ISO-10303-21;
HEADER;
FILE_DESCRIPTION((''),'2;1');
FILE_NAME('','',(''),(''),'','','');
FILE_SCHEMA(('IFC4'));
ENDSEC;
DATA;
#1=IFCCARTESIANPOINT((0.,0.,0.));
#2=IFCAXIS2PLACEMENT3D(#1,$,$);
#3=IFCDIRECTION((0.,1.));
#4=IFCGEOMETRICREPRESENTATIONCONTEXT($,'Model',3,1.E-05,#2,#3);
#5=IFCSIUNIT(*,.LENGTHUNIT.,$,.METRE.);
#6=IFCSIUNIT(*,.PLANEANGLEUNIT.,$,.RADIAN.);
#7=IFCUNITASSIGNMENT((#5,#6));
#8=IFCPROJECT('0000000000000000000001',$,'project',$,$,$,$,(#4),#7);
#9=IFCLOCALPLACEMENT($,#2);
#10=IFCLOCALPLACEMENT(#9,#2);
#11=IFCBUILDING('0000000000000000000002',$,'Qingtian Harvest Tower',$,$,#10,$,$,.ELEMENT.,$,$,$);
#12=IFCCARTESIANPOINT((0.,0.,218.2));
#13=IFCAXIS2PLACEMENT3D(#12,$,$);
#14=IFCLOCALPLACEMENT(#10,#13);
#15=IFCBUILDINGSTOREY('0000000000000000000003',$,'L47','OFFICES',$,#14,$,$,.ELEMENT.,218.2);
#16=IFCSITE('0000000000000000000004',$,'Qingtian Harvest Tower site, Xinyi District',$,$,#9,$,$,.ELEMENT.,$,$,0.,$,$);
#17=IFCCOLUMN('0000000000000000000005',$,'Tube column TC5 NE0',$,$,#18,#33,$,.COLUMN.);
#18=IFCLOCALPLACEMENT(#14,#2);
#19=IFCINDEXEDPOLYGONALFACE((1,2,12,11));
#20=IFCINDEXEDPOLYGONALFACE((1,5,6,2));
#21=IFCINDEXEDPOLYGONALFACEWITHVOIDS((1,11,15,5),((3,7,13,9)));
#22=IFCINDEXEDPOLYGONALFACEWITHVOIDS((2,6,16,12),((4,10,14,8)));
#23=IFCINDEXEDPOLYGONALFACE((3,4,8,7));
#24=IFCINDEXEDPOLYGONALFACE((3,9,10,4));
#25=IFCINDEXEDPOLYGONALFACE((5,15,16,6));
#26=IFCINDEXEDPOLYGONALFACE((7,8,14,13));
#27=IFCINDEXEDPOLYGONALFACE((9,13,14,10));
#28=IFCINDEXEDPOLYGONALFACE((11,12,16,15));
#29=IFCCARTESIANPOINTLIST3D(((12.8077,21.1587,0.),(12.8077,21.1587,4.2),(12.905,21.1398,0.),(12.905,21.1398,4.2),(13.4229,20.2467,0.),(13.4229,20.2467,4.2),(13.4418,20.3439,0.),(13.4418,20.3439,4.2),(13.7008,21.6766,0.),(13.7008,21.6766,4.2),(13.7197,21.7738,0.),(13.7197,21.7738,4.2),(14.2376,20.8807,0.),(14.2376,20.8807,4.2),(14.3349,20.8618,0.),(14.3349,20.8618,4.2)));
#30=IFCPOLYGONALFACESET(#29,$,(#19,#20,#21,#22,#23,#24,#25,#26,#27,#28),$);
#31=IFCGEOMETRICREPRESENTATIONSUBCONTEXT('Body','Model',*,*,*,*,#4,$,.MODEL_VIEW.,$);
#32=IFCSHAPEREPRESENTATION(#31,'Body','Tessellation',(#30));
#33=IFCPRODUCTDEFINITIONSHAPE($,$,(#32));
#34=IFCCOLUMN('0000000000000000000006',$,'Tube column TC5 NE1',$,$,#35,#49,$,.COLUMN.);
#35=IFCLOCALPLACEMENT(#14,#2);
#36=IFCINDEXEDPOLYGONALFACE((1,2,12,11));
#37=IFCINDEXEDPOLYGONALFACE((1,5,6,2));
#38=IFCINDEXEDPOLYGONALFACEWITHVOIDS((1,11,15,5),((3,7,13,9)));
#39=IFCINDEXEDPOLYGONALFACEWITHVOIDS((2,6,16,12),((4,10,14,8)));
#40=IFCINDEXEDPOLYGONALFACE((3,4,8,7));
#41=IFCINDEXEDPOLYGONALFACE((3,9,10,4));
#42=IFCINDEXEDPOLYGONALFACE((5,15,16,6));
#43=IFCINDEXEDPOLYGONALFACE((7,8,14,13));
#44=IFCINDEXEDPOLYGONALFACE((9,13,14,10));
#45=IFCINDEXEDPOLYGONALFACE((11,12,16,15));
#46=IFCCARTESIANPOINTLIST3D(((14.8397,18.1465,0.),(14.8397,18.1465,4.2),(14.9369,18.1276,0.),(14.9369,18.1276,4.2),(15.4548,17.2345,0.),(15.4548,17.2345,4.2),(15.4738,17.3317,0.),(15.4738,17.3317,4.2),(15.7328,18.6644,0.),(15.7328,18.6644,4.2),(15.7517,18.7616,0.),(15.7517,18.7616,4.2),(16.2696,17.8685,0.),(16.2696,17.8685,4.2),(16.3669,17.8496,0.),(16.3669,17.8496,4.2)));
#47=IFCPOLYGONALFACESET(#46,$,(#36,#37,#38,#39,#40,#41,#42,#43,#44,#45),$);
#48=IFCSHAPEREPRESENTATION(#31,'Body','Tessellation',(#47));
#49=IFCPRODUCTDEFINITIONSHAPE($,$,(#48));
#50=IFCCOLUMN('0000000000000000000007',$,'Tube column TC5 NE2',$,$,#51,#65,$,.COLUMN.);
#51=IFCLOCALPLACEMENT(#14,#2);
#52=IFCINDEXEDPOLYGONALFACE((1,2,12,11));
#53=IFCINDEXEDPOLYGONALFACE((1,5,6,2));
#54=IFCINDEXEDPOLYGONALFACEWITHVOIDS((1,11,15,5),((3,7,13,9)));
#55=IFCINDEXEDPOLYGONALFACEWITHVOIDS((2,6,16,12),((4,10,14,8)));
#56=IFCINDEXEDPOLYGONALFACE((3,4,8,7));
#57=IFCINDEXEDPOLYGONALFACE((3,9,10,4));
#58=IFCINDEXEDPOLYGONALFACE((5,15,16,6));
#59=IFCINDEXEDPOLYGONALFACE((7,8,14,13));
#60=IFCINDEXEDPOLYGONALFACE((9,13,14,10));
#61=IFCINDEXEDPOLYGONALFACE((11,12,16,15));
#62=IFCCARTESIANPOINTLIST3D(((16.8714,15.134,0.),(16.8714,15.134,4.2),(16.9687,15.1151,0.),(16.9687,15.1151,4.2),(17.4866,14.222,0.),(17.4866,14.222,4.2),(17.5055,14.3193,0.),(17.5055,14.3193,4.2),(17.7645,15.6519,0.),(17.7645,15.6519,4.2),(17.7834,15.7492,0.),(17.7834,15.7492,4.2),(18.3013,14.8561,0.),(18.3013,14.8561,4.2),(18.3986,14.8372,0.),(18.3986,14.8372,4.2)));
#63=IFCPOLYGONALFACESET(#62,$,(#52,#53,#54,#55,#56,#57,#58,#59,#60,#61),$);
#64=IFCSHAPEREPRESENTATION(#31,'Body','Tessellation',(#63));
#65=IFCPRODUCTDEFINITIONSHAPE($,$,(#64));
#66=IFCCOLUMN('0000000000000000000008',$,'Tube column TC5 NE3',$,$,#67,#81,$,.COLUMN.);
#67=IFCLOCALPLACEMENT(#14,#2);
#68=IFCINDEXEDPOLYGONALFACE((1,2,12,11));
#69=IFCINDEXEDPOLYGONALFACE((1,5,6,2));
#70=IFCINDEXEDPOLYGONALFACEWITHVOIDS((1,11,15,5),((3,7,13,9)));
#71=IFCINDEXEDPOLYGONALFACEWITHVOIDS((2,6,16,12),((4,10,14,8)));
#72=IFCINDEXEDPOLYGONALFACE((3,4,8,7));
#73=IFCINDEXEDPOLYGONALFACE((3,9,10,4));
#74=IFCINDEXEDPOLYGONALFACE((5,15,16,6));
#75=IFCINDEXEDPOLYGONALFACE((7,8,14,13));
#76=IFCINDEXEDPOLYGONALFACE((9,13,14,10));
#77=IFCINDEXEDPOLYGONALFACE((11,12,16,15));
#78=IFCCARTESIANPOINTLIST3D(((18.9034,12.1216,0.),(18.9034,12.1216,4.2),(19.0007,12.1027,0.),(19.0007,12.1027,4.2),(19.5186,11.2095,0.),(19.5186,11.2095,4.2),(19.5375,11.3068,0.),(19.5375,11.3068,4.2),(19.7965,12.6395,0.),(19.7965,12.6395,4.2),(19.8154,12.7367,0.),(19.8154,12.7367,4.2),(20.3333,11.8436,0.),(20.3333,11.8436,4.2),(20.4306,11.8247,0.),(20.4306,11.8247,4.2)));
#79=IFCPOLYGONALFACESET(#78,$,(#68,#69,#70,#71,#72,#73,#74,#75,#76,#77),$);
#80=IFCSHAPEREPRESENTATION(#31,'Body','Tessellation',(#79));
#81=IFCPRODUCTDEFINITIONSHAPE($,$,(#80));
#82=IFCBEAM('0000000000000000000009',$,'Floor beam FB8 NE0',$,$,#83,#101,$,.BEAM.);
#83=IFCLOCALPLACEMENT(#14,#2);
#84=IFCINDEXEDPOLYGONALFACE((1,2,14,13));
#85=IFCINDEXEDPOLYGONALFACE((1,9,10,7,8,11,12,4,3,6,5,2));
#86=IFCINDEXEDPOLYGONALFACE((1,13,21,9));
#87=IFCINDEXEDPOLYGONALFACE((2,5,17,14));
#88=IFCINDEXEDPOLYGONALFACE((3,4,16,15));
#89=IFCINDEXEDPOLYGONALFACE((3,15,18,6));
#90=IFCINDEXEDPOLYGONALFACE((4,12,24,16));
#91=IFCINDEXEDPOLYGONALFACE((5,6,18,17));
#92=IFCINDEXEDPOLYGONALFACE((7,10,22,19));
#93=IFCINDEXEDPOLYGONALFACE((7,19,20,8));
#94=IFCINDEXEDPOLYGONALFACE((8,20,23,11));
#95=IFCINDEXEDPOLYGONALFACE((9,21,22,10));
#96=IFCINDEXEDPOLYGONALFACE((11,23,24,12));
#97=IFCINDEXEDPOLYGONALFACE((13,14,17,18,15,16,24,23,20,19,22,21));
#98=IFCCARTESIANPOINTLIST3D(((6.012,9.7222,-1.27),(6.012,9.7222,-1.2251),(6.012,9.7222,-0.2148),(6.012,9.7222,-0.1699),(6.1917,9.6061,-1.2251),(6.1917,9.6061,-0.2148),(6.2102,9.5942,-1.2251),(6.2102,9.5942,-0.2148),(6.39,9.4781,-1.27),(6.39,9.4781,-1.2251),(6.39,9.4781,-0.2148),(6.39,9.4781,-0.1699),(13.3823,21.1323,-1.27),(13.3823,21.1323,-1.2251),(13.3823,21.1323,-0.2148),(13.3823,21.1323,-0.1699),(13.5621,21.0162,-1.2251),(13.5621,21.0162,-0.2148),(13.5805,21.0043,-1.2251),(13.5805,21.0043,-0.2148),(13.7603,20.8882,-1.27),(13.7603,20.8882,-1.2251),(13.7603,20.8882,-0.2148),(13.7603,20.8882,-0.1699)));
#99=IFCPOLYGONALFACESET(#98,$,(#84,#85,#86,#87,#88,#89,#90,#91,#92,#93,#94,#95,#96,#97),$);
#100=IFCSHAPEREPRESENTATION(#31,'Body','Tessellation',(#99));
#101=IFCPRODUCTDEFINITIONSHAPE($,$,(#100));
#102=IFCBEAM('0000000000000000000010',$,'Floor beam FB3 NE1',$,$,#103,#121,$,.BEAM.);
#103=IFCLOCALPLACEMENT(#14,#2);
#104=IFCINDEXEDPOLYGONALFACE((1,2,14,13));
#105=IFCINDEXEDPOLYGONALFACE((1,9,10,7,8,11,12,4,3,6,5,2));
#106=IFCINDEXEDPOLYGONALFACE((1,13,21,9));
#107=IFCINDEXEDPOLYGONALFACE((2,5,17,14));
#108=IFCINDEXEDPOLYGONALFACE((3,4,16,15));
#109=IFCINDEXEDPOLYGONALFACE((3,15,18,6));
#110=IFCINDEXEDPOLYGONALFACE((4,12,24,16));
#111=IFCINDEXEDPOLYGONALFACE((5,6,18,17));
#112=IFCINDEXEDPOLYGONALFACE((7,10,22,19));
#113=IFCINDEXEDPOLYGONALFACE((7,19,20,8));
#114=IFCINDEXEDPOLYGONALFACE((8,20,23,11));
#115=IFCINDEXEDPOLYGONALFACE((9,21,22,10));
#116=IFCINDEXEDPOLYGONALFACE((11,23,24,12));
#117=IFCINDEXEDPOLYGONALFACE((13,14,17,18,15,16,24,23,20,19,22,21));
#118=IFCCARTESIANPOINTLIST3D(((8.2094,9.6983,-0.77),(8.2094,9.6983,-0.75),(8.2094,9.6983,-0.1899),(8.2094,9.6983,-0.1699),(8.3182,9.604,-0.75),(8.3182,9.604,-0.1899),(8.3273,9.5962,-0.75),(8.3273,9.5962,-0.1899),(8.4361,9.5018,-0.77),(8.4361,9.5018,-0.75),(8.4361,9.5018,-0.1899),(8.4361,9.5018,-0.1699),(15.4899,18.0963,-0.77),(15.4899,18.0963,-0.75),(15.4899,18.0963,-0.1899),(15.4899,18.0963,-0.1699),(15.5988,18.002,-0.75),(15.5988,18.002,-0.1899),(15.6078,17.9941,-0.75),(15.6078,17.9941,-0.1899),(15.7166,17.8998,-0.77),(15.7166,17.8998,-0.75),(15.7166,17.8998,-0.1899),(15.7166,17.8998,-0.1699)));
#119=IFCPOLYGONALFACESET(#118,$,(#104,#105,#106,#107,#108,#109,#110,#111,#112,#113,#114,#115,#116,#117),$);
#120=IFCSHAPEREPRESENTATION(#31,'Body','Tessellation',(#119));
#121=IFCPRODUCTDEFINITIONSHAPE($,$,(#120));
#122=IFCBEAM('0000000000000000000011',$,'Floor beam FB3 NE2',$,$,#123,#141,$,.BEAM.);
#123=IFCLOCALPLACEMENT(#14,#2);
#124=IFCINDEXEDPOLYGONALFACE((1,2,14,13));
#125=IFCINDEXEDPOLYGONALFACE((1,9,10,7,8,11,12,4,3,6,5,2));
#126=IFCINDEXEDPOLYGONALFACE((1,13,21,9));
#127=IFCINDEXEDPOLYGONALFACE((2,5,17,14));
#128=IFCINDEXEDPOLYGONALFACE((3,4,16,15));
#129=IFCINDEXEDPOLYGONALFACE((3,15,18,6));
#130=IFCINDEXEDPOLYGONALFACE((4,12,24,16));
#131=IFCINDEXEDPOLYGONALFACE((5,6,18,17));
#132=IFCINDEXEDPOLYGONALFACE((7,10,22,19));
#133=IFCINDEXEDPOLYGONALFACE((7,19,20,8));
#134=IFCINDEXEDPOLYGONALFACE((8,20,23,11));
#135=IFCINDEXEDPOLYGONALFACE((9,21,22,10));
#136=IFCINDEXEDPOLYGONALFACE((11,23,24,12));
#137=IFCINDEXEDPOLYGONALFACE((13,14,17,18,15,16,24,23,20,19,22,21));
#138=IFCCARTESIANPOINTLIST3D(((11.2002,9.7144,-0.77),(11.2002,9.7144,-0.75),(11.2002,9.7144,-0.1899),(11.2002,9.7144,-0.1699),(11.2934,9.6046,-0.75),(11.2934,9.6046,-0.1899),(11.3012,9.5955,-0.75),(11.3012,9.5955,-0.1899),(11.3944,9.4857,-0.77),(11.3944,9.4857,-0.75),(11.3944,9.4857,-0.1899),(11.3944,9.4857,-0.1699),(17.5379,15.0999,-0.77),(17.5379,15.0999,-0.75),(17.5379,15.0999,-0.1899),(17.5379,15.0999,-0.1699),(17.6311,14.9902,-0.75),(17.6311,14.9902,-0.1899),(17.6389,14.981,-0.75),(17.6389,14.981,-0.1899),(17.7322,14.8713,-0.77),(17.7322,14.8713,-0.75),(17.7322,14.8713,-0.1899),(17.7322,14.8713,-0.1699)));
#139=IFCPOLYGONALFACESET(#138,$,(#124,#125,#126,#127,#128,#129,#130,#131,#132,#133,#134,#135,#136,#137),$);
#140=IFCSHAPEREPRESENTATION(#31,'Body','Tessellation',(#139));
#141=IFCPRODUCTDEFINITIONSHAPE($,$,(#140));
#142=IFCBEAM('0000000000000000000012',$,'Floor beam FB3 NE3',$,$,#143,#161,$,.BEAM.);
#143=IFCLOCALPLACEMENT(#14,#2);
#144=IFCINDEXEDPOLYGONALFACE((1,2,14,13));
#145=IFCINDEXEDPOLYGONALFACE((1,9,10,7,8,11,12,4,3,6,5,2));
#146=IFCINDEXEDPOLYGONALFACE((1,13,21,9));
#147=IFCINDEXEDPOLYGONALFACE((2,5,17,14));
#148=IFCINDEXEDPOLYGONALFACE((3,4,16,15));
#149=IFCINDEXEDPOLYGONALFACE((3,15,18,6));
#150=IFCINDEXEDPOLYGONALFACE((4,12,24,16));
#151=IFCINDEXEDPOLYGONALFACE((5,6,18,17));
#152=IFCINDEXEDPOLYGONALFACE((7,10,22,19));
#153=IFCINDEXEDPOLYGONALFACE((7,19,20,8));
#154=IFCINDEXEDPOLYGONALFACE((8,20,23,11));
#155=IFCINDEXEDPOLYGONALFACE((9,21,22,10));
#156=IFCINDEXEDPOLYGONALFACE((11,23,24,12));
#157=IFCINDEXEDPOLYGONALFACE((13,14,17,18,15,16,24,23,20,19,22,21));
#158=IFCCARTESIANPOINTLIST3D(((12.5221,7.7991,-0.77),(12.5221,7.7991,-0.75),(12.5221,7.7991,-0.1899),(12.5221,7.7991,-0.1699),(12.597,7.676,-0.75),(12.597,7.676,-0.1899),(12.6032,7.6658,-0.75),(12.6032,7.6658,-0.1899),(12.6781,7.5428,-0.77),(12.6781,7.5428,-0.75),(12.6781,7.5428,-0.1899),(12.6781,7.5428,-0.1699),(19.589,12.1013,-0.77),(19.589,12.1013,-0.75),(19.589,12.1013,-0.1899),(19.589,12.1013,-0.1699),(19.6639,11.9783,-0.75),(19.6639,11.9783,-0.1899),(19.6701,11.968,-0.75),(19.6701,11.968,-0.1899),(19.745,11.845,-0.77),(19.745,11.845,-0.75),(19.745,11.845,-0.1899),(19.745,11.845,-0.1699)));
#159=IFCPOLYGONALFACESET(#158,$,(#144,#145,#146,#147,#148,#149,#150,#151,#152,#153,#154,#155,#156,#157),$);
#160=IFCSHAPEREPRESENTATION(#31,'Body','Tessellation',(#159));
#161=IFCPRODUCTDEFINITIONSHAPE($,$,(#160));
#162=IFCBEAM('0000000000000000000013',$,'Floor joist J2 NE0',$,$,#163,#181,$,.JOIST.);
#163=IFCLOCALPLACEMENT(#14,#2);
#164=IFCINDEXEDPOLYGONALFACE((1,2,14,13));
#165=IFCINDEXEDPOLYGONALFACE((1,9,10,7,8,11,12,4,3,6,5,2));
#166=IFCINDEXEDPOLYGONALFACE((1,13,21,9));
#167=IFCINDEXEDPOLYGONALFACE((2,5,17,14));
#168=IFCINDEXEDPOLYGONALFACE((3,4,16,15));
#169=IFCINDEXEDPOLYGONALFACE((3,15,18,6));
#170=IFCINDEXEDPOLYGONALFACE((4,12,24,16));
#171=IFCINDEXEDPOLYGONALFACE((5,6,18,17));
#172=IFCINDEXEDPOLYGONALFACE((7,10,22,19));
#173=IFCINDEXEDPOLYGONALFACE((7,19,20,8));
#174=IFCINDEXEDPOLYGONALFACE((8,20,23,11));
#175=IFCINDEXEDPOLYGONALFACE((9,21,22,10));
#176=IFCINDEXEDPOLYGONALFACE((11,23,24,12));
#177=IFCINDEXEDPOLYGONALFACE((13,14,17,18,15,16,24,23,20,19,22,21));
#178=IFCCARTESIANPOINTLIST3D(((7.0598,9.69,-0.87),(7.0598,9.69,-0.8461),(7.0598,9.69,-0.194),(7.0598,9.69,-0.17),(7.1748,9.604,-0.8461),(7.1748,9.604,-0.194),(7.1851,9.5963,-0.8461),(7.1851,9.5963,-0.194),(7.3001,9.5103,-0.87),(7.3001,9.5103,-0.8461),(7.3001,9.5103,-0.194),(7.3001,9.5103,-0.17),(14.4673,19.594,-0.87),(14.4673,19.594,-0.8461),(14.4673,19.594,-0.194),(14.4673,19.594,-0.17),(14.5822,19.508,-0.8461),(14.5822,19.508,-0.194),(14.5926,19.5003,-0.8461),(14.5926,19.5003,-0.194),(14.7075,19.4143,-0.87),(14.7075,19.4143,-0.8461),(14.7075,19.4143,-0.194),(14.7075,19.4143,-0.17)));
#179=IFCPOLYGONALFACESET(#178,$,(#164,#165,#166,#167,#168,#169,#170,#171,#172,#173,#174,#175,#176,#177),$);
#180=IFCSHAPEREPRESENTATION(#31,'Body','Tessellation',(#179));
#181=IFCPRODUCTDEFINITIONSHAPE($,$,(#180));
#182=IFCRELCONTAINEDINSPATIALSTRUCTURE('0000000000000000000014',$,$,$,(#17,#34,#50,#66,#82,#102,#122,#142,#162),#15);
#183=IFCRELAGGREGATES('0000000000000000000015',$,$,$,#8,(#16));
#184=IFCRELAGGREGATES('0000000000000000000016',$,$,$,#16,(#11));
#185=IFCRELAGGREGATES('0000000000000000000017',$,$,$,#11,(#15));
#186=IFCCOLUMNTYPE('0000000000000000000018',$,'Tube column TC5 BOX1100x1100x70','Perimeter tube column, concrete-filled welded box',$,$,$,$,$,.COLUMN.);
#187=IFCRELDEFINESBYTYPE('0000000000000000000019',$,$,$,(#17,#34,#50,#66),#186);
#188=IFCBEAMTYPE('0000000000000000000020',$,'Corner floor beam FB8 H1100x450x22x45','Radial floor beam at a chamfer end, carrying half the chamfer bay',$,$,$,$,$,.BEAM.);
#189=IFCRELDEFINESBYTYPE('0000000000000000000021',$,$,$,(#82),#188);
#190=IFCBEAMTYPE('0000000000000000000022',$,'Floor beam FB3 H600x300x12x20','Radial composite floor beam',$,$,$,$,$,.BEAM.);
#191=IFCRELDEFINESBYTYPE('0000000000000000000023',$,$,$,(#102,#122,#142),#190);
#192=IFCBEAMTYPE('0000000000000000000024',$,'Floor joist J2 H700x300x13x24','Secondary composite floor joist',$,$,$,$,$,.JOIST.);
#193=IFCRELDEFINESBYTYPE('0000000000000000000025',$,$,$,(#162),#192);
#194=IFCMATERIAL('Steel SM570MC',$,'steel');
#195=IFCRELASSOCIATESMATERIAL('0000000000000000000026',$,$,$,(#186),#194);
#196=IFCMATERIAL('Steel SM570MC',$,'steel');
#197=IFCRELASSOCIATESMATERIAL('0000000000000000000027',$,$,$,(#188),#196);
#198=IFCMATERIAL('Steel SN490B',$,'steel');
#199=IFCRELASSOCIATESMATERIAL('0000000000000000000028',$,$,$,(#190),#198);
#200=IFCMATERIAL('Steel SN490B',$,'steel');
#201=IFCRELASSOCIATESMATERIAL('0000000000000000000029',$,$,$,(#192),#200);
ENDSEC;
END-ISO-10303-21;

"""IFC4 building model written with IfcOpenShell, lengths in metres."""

from ifc_helpers import new_model, si_unit, direction, frame, origin, origin_2d, place, context, subcontext, project, spatial, hollow_rectangle, i_section, extrude, material, material_profile, profile_set, type_object, element, save


model = new_model("IFC4")

# Units and contexts
model_context = context("Model", 3, precision=1e-05, world=origin(), true_north=direction((0.0, 1.0)))
body_context = subcontext(model_context, "Body", "Model", "MODEL_VIEW")
ifc_project = project(units=[si_unit("LENGTHUNIT", "METRE"), si_unit("PLANEANGLEUNIT", "RADIAN")], contexts=[model_context])

# Site, building, storey
site_placement = place(None, origin())
site = spatial("IfcSite", under=ifc_project, at=site_placement, Name="Qingtian Harvest Tower site, Xinyi District", CompositionType="ELEMENT", RefElevation=0.0)
building_placement = place(site_placement, origin())
building = spatial("IfcBuilding", under=site, at=building_placement, Name="Qingtian Harvest Tower", CompositionType="ELEMENT")
storey_placement = place(building_placement, frame((0.0, 0.0, 218.2)))
storey = spatial("IfcBuildingStorey", under=building, at=storey_placement, Name="L47", Description="OFFICES", CompositionType="ELEMENT", Elevation=218.2)

# Columns
ifc_material_1 = material(Name="Steel SM570MC", Category="steel")
ifc_material_profile_1 = material_profile(ifc_material_1, hollow_rectangle(XDim=1.1001, YDim=1.1001, WallThickness=0.0701, at=origin_2d()), Name="BOX1100x1100x70")
ifc_profile_set_1 = profile_set([ifc_material_profile_1], Name="Steel SM570MC")
column_type = type_object("IfcColumnType", Name="Tube column TC5 BOX1100x1100x70", Description="Perimeter tube column, concrete-filled welded box", PredefinedType="COLUMN", material=ifc_profile_set_1)
for number, where, z_axis, x_axis, name in (
    (1, (13.5713, 21.0103, 0.0), (0.0, 0.0, 1.0), (-0.559193, 0.829038, 0.0), "Tube column TC5 NE0"),
    (2, (15.6033, 17.998, 0.0), (0.0, 0.0, 1.0), (-0.559193, 0.829038, 0.0), "Tube column TC5 NE1"),
    (3, (17.635, 14.9856, 0.0), (0.0, 0.0, 1.0), (-0.559193, 0.829038, 0.0), "Tube column TC5 NE2"),
    (4, (19.667, 11.9731, 0.0), (0.0, 0.0, 1.0), (-0.559193, 0.829038, 0.0), "Tube column TC5 NE3"),
):
    element("IfcColumn", number, at=place(storey_placement, frame(where, z_axis=z_axis, x_axis=x_axis)), inside=storey, type_object=column_type, Name=name, PredefinedType="COLUMN", context=body_context, shape_type="SweptSolid", body=[
        extrude(hollow_rectangle(XDim=1.1001, YDim=1.1001, WallThickness=0.0701, at=origin_2d()), origin(), (0.0, 0.0, 1.0), 4.2),
    ])

# Beams
ifc_material_2 = material(Name="Steel SM570MC", Category="steel")
ifc_material_profile_2 = material_profile(ifc_material_2, i_section(OverallWidth=0.45, OverallDepth=1.1001, WebThickness=0.022, FlangeThickness=0.0449, at=origin_2d()), Name="H1100x450x22x45")
ifc_profile_set_2 = profile_set([ifc_material_profile_2], Name="Steel SM570MC")
beam_type_1 = type_object("IfcBeamType", Name="Corner floor beam FB8 H1100x450x22x45", Description="Radial floor beam at a chamfer end, carrying half the chamfer bay", PredefinedType="BEAM", material=ifc_profile_set_2)
beam_1_placement = place(storey_placement, frame((13.5713, 21.0103, -0.72), z_axis=(-0.542593, -0.839996, 0.0), x_axis=(0.839996, -0.542593, 0.0)))
element("IfcBeam", 5, at=beam_1_placement, inside=storey, type_object=beam_type_1, Name="Floor beam FB8 NE0", PredefinedType="BEAM", context=body_context, shape_type="SweptSolid", body=[
    extrude(i_section(OverallWidth=0.45, OverallDepth=1.1001, WebThickness=0.022, FlangeThickness=0.0449, at=origin_2d()), origin(), (0.0, 0.0, 1.0), 13.5835),
])
ifc_material_3 = material(Name="Steel SN490B", Category="steel")
ifc_material_profile_3 = material_profile(ifc_material_3, i_section(OverallWidth=0.3, OverallDepth=0.6001, WebThickness=0.012, FlangeThickness=0.02, at=origin_2d()), Name="H600x300x12x20")
ifc_profile_set_3 = profile_set([ifc_material_profile_3], Name="Steel SN490B")
beam_type_2 = type_object("IfcBeamType", Name="Floor beam FB3 H600x300x12x20", Description="Radial composite floor beam", PredefinedType="BEAM", material=ifc_profile_set_3)
beam_2_placement = place(storey_placement, frame((15.6033, 17.998, -0.47), z_axis=(-0.655048, -0.755587, 0.0), x_axis=(0.755587, -0.655048, 0.0)))
element("IfcBeam", 6, at=beam_2_placement, inside=storey, type_object=beam_type_2, Name="Floor beam FB3 NE1", PredefinedType="BEAM", context=body_context, shape_type="SweptSolid", body=[
    extrude(i_section(OverallWidth=0.3, OverallDepth=0.6001, WebThickness=0.012, FlangeThickness=0.02, at=origin_2d()), origin(), (0.0, 0.0, 1.0), 11.1145),
])
beam_3_placement = place(storey_placement, frame((17.635, 14.9856, -0.47), z_axis=(-0.762028, -0.647544, 0.0), x_axis=(0.647544, -0.762028, 0.0)))
element("IfcBeam", 7, at=beam_3_placement, inside=storey, type_object=beam_type_2, Name="Floor beam FB3 NE2", PredefinedType="BEAM", context=body_context, shape_type="SweptSolid", body=[
    extrude(i_section(OverallWidth=0.3, OverallDepth=0.6001, WebThickness=0.012, FlangeThickness=0.02, at=origin_2d()), origin(), (0.0, 0.0, 1.0), 8.3169),
])
beam_4_placement = place(storey_placement, frame((19.667, 11.9731, -0.47), z_axis=(-0.854163, -0.520005, 0.0), x_axis=(0.520005, -0.854163, 0.0)))
element("IfcBeam", 8, at=beam_4_placement, inside=storey, type_object=beam_type_2, Name="Floor beam FB3 NE3", PredefinedType="BEAM", context=body_context, shape_type="SweptSolid", body=[
    extrude(i_section(OverallWidth=0.3, OverallDepth=0.6001, WebThickness=0.012, FlangeThickness=0.02, at=origin_2d()), origin(), (0.0, 0.0, 1.0), 8.2734),
])
ifc_material_4 = material(Name="Steel SN490B", Category="steel")
ifc_material_profile_4 = material_profile(ifc_material_4, i_section(OverallWidth=0.3, OverallDepth=0.7, WebThickness=0.0129, FlangeThickness=0.0239, at=origin_2d()), Name="H700x300x13x24")
ifc_profile_set_4 = profile_set([ifc_material_profile_4], Name="Steel SN490B")
beam_type_3 = type_object("IfcBeamType", Name="Floor joist J2 H700x300x13x24", Description="Secondary composite floor joist", PredefinedType="JOIST", material=ifc_profile_set_4)
beam_5_placement = place(storey_placement, frame((14.5874, 19.5042, -0.52), z_axis=(-0.598935, -0.800798, 0.0), x_axis=(0.800798, -0.598935, 0.0)))
element("IfcBeam", 9, at=beam_5_placement, inside=storey, type_object=beam_type_3, Name="Floor joist J2 NE0", PredefinedType="JOIST", context=body_context, shape_type="SweptSolid", body=[
    extrude(i_section(OverallWidth=0.3, OverallDepth=0.7, WebThickness=0.0129, FlangeThickness=0.0239, at=origin_2d()), origin(), (0.0, 0.0, 1.0), 12.3677),
])

save(model, "model.ifc")
